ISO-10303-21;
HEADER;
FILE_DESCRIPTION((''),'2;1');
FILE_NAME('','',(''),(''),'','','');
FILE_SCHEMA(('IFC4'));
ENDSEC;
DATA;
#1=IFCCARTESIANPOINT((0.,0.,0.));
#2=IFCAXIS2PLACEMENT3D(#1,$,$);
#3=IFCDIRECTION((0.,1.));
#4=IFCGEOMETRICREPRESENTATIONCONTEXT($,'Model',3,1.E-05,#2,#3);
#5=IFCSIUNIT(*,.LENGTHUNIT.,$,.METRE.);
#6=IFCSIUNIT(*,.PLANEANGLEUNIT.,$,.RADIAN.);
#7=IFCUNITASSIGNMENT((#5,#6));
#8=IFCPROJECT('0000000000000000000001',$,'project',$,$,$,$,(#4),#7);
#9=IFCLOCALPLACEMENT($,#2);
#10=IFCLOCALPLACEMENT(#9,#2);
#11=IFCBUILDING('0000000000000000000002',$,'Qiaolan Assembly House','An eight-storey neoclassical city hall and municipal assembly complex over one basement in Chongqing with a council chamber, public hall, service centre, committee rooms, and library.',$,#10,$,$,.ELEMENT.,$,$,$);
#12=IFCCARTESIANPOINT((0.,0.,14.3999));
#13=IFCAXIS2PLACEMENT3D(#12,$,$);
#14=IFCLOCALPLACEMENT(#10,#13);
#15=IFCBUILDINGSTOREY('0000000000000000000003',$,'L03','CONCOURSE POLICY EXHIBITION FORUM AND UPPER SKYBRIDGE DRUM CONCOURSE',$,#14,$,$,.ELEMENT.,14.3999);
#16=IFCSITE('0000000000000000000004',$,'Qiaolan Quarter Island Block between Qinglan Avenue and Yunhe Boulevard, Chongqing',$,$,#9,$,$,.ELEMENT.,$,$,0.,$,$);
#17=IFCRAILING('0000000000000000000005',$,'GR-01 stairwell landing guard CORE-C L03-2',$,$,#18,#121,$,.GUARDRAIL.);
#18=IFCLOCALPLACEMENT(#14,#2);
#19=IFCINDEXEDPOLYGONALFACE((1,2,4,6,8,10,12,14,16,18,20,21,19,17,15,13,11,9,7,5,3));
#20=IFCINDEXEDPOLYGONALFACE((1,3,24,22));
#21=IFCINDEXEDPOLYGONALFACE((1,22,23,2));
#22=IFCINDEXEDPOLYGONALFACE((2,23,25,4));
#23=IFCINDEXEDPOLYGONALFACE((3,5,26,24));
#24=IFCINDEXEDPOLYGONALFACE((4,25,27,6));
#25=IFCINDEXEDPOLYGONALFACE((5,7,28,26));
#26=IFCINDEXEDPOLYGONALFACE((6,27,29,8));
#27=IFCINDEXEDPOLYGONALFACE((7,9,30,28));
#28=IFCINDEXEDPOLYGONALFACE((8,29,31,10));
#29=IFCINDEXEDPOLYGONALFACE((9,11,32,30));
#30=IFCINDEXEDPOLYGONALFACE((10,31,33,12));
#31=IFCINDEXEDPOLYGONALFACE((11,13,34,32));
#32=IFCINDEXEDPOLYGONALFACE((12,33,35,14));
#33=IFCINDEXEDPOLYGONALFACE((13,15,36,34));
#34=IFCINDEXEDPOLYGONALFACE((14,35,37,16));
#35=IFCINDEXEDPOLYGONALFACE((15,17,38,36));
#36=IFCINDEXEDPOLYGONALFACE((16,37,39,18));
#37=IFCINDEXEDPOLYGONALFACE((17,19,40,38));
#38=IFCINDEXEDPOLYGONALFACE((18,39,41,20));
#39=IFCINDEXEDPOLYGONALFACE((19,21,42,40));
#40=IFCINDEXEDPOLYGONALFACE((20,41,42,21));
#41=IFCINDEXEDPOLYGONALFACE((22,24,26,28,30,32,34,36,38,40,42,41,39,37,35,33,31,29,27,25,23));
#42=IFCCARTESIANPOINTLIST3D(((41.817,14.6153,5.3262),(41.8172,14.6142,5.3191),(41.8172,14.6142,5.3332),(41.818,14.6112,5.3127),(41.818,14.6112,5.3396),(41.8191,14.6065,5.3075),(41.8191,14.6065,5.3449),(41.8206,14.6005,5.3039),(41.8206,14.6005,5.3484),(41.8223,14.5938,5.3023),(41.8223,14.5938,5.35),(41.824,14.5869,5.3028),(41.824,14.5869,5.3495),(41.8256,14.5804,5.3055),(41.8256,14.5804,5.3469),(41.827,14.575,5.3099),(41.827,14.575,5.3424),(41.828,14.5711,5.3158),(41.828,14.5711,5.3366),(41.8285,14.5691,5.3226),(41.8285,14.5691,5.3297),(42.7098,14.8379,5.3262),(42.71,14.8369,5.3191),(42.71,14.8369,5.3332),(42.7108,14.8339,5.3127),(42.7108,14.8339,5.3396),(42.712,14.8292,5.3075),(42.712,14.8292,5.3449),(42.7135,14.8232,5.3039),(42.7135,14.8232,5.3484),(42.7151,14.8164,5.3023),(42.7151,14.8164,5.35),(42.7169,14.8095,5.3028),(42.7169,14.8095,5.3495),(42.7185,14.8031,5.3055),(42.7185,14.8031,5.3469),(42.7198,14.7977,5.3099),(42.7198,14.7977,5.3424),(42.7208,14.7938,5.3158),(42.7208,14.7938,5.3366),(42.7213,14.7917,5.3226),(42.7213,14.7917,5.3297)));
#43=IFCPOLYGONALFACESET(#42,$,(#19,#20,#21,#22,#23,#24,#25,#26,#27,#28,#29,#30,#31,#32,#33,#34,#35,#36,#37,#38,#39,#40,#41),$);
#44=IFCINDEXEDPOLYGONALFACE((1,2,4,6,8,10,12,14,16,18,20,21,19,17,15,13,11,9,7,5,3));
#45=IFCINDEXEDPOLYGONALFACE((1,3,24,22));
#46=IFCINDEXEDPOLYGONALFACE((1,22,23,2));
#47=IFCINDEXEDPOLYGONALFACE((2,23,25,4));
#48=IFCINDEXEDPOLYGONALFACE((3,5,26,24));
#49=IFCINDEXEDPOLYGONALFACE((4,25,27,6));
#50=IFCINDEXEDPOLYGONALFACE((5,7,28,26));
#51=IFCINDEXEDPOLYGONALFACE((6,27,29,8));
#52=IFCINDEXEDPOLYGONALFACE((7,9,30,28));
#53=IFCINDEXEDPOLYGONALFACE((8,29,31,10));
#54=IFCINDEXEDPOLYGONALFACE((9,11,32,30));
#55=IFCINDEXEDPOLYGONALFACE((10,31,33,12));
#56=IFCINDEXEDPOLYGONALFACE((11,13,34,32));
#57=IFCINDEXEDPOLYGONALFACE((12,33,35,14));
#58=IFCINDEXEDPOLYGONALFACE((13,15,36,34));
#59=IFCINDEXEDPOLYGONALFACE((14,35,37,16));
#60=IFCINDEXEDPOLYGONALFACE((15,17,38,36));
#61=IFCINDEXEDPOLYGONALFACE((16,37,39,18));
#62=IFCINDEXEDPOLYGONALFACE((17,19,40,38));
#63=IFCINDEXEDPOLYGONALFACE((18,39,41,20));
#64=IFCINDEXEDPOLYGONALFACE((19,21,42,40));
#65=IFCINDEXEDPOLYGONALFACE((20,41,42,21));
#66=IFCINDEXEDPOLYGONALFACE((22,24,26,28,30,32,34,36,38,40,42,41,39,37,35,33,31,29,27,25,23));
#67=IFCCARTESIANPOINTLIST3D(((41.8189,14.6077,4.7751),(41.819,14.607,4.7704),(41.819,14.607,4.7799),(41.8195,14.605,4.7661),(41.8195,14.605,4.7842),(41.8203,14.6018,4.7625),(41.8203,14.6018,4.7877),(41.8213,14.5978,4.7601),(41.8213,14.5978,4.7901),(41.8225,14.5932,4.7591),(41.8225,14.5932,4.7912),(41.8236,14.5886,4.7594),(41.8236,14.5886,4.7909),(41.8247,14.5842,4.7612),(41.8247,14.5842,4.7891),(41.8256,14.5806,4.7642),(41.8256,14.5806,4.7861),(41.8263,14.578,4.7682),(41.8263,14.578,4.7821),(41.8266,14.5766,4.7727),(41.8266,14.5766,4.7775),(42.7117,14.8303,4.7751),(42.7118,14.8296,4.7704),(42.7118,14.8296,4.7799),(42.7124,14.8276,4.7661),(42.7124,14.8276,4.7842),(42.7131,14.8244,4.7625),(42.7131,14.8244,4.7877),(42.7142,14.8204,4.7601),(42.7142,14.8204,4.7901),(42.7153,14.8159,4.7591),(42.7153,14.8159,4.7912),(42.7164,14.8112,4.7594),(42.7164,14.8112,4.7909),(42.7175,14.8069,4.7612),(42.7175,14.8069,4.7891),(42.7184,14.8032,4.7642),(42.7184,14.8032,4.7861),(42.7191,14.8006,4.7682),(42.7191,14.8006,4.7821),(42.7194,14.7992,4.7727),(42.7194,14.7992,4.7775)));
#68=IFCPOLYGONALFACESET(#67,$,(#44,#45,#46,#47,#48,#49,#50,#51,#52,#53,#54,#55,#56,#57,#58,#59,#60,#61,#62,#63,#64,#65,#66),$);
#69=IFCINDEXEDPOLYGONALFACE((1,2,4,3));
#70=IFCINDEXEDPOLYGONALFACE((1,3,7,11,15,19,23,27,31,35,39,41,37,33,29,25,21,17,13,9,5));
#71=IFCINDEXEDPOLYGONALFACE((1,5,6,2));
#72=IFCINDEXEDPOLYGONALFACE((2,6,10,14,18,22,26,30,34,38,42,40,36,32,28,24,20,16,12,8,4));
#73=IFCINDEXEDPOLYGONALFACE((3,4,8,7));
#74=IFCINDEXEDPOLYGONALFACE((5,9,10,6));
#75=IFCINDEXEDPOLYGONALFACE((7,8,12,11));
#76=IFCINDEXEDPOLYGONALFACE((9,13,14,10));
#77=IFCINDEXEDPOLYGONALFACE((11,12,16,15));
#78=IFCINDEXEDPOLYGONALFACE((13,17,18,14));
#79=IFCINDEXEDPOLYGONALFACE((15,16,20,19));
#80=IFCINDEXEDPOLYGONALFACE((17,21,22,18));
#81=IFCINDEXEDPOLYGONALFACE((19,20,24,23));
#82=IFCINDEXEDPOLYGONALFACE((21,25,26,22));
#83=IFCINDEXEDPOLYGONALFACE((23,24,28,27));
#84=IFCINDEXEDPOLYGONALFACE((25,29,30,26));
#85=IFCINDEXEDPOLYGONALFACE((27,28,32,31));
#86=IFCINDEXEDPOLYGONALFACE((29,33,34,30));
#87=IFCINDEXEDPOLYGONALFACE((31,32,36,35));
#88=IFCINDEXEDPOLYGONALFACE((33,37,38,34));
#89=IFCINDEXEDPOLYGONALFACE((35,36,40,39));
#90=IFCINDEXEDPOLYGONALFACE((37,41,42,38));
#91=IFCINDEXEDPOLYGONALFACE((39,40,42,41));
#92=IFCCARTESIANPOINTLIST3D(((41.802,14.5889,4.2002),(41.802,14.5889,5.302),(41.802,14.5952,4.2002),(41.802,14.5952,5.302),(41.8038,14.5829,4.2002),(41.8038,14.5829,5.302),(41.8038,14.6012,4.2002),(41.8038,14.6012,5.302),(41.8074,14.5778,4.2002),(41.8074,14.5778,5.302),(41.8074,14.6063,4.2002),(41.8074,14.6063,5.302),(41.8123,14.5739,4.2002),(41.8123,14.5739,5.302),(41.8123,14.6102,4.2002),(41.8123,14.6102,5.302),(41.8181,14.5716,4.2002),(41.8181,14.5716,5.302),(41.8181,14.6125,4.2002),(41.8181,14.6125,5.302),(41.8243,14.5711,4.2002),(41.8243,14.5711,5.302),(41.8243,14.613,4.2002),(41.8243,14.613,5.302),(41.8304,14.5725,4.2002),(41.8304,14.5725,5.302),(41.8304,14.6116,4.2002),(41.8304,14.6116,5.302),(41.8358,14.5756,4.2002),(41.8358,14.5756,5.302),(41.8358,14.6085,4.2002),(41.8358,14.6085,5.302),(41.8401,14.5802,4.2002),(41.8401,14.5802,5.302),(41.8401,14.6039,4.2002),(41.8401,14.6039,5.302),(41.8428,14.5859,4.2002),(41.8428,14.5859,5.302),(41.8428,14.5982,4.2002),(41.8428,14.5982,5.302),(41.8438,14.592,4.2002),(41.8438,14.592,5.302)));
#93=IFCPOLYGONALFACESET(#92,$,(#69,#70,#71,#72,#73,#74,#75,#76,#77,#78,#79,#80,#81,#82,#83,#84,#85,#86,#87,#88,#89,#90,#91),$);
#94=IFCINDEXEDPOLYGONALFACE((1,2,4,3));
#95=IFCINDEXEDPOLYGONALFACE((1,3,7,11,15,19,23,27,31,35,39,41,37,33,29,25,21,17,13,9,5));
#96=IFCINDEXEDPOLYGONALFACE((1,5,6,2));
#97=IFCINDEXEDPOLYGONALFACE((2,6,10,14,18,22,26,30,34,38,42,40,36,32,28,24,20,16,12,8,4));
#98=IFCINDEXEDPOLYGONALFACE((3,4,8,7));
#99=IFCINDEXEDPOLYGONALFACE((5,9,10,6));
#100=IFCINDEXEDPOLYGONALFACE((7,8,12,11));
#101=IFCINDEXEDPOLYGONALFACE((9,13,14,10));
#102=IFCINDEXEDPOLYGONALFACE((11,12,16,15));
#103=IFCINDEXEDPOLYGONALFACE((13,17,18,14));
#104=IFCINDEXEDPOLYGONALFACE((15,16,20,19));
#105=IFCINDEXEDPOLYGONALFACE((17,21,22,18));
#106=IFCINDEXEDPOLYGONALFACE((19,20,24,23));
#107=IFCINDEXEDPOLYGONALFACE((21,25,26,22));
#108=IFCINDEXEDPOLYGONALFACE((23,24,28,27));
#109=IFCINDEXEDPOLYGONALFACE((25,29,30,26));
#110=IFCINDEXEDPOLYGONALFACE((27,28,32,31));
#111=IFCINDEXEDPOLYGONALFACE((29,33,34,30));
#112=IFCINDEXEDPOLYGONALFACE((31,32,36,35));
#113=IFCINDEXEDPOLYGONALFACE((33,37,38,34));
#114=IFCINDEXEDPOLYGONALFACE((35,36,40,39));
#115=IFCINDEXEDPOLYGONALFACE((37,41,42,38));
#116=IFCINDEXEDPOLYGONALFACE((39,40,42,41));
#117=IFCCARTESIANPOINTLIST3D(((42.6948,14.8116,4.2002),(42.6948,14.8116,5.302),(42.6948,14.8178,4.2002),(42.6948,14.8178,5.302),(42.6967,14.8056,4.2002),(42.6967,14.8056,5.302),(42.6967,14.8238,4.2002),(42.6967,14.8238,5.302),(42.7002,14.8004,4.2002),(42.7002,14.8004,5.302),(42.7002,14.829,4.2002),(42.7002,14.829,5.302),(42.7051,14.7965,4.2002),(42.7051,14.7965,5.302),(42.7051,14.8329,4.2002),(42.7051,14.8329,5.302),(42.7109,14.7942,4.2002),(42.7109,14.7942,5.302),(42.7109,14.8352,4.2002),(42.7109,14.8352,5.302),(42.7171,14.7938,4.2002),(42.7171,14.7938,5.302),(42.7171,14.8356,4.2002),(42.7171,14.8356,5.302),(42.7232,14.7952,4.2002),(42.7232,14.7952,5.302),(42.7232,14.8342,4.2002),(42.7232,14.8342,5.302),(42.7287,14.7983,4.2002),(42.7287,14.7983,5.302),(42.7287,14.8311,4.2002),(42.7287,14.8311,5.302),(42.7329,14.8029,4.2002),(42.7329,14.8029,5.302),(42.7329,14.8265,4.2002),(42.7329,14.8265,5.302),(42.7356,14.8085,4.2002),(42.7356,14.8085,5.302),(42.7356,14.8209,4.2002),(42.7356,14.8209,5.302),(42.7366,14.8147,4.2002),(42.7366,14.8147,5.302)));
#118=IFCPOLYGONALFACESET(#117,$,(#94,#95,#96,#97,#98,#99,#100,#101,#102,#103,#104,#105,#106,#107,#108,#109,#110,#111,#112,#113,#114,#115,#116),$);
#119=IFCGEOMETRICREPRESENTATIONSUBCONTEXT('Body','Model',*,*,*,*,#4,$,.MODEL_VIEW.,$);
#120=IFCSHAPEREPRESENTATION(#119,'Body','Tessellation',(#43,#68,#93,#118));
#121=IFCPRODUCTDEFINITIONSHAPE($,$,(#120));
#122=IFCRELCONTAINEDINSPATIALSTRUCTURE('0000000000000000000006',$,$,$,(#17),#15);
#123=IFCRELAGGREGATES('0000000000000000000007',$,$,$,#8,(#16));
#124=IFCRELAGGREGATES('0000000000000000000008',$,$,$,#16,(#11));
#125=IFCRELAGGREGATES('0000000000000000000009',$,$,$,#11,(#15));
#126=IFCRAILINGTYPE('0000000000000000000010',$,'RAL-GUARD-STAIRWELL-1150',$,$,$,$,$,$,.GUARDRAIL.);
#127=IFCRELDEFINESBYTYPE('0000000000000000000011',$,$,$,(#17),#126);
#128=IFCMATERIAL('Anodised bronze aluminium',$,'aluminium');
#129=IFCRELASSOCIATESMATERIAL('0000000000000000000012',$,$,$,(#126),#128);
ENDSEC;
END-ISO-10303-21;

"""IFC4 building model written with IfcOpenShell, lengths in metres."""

from ifc_helpers import new_model, si_unit, direction, frame, origin, origin_2d, place, context, subcontext, project, spatial, circle, extrude, material, type_object, element, save


model = new_model("IFC4")

# Units and contexts
model_context = context("Model", 3, precision=1e-05, world=origin(), true_north=direction((0.0, 1.0)))
body_context = subcontext(model_context, "Body", "Model", "MODEL_VIEW")
ifc_project = project(units=[si_unit("LENGTHUNIT", "METRE"), si_unit("PLANEANGLEUNIT", "RADIAN")], contexts=[model_context])

# Site, building, storey
site_placement = place(None, origin())
site = spatial("IfcSite", under=ifc_project, at=site_placement, Name="Qiaolan Quarter Island Block between Qinglan Avenue and Yunhe Boulevard, Chongqing", CompositionType="ELEMENT", RefElevation=0.0)
building_placement = place(site_placement, origin())
building = spatial("IfcBuilding", under=site, at=building_placement, Name="Qiaolan Assembly House", Description="An eight-storey neoclassical city hall and municipal assembly complex over one basement in Chongqing with a council chamber, public hall, service centre, committee rooms, and library.", CompositionType="ELEMENT")
storey_placement = place(building_placement, frame((0.0, 0.0, 14.3999)))
storey = spatial("IfcBuildingStorey", under=building, at=storey_placement, Name="L03", Description="CONCOURSE POLICY EXHIBITION FORUM AND UPPER SKYBRIDGE DRUM CONCOURSE", CompositionType="ELEMENT", Elevation=14.3999)

# Shared definitions
ifc_material_1 = material(Name="Anodised bronze aluminium", Category="aluminium")

# Railing
railing_type_1 = type_object("IfcRailingType", Name="RAL-GUARD-STAIRWELL-1150", PredefinedType="GUARDRAIL", material=ifc_material_1)
railing_1_placement = place(storey_placement, frame((41.8228, 14.592, 4.2002)))
element("IfcRailing", 1, at=railing_1_placement, inside=storey, type_object=railing_type_1, Name="GR-01 stairwell landing guard CORE-C L03-2", PredefinedType="GUARDRAIL", context=body_context, shape_type="SweptSolid", body=[
    extrude(circle(Radius=0.0239, at=origin_2d()), frame((0.0, 0.0, 1.126), z_axis=(0.970283, 0.241974, 0.0), x_axis=(-0.241974, 0.970283, 0.0)), (0.0, 0.0, 1.0), 0.9202),
    extrude(circle(Radius=0.0161, at=origin_2d()), frame((0.0, 0.0, 0.575), z_axis=(0.970283, 0.241974, 0.0), x_axis=(-0.241974, 0.970283, 0.0)), (0.0, 0.0, 1.0), 0.9202),
    extrude(circle(Radius=0.021, at=origin_2d()), origin(), (0.0, 0.0, 1.0), 1.1018),
    extrude(circle(Radius=0.021, at=origin_2d()), frame((0.8928, 0.2227, 0.0)), (0.0, 0.0, 1.0), 1.1018),
])

save(model, "model.ifc")
